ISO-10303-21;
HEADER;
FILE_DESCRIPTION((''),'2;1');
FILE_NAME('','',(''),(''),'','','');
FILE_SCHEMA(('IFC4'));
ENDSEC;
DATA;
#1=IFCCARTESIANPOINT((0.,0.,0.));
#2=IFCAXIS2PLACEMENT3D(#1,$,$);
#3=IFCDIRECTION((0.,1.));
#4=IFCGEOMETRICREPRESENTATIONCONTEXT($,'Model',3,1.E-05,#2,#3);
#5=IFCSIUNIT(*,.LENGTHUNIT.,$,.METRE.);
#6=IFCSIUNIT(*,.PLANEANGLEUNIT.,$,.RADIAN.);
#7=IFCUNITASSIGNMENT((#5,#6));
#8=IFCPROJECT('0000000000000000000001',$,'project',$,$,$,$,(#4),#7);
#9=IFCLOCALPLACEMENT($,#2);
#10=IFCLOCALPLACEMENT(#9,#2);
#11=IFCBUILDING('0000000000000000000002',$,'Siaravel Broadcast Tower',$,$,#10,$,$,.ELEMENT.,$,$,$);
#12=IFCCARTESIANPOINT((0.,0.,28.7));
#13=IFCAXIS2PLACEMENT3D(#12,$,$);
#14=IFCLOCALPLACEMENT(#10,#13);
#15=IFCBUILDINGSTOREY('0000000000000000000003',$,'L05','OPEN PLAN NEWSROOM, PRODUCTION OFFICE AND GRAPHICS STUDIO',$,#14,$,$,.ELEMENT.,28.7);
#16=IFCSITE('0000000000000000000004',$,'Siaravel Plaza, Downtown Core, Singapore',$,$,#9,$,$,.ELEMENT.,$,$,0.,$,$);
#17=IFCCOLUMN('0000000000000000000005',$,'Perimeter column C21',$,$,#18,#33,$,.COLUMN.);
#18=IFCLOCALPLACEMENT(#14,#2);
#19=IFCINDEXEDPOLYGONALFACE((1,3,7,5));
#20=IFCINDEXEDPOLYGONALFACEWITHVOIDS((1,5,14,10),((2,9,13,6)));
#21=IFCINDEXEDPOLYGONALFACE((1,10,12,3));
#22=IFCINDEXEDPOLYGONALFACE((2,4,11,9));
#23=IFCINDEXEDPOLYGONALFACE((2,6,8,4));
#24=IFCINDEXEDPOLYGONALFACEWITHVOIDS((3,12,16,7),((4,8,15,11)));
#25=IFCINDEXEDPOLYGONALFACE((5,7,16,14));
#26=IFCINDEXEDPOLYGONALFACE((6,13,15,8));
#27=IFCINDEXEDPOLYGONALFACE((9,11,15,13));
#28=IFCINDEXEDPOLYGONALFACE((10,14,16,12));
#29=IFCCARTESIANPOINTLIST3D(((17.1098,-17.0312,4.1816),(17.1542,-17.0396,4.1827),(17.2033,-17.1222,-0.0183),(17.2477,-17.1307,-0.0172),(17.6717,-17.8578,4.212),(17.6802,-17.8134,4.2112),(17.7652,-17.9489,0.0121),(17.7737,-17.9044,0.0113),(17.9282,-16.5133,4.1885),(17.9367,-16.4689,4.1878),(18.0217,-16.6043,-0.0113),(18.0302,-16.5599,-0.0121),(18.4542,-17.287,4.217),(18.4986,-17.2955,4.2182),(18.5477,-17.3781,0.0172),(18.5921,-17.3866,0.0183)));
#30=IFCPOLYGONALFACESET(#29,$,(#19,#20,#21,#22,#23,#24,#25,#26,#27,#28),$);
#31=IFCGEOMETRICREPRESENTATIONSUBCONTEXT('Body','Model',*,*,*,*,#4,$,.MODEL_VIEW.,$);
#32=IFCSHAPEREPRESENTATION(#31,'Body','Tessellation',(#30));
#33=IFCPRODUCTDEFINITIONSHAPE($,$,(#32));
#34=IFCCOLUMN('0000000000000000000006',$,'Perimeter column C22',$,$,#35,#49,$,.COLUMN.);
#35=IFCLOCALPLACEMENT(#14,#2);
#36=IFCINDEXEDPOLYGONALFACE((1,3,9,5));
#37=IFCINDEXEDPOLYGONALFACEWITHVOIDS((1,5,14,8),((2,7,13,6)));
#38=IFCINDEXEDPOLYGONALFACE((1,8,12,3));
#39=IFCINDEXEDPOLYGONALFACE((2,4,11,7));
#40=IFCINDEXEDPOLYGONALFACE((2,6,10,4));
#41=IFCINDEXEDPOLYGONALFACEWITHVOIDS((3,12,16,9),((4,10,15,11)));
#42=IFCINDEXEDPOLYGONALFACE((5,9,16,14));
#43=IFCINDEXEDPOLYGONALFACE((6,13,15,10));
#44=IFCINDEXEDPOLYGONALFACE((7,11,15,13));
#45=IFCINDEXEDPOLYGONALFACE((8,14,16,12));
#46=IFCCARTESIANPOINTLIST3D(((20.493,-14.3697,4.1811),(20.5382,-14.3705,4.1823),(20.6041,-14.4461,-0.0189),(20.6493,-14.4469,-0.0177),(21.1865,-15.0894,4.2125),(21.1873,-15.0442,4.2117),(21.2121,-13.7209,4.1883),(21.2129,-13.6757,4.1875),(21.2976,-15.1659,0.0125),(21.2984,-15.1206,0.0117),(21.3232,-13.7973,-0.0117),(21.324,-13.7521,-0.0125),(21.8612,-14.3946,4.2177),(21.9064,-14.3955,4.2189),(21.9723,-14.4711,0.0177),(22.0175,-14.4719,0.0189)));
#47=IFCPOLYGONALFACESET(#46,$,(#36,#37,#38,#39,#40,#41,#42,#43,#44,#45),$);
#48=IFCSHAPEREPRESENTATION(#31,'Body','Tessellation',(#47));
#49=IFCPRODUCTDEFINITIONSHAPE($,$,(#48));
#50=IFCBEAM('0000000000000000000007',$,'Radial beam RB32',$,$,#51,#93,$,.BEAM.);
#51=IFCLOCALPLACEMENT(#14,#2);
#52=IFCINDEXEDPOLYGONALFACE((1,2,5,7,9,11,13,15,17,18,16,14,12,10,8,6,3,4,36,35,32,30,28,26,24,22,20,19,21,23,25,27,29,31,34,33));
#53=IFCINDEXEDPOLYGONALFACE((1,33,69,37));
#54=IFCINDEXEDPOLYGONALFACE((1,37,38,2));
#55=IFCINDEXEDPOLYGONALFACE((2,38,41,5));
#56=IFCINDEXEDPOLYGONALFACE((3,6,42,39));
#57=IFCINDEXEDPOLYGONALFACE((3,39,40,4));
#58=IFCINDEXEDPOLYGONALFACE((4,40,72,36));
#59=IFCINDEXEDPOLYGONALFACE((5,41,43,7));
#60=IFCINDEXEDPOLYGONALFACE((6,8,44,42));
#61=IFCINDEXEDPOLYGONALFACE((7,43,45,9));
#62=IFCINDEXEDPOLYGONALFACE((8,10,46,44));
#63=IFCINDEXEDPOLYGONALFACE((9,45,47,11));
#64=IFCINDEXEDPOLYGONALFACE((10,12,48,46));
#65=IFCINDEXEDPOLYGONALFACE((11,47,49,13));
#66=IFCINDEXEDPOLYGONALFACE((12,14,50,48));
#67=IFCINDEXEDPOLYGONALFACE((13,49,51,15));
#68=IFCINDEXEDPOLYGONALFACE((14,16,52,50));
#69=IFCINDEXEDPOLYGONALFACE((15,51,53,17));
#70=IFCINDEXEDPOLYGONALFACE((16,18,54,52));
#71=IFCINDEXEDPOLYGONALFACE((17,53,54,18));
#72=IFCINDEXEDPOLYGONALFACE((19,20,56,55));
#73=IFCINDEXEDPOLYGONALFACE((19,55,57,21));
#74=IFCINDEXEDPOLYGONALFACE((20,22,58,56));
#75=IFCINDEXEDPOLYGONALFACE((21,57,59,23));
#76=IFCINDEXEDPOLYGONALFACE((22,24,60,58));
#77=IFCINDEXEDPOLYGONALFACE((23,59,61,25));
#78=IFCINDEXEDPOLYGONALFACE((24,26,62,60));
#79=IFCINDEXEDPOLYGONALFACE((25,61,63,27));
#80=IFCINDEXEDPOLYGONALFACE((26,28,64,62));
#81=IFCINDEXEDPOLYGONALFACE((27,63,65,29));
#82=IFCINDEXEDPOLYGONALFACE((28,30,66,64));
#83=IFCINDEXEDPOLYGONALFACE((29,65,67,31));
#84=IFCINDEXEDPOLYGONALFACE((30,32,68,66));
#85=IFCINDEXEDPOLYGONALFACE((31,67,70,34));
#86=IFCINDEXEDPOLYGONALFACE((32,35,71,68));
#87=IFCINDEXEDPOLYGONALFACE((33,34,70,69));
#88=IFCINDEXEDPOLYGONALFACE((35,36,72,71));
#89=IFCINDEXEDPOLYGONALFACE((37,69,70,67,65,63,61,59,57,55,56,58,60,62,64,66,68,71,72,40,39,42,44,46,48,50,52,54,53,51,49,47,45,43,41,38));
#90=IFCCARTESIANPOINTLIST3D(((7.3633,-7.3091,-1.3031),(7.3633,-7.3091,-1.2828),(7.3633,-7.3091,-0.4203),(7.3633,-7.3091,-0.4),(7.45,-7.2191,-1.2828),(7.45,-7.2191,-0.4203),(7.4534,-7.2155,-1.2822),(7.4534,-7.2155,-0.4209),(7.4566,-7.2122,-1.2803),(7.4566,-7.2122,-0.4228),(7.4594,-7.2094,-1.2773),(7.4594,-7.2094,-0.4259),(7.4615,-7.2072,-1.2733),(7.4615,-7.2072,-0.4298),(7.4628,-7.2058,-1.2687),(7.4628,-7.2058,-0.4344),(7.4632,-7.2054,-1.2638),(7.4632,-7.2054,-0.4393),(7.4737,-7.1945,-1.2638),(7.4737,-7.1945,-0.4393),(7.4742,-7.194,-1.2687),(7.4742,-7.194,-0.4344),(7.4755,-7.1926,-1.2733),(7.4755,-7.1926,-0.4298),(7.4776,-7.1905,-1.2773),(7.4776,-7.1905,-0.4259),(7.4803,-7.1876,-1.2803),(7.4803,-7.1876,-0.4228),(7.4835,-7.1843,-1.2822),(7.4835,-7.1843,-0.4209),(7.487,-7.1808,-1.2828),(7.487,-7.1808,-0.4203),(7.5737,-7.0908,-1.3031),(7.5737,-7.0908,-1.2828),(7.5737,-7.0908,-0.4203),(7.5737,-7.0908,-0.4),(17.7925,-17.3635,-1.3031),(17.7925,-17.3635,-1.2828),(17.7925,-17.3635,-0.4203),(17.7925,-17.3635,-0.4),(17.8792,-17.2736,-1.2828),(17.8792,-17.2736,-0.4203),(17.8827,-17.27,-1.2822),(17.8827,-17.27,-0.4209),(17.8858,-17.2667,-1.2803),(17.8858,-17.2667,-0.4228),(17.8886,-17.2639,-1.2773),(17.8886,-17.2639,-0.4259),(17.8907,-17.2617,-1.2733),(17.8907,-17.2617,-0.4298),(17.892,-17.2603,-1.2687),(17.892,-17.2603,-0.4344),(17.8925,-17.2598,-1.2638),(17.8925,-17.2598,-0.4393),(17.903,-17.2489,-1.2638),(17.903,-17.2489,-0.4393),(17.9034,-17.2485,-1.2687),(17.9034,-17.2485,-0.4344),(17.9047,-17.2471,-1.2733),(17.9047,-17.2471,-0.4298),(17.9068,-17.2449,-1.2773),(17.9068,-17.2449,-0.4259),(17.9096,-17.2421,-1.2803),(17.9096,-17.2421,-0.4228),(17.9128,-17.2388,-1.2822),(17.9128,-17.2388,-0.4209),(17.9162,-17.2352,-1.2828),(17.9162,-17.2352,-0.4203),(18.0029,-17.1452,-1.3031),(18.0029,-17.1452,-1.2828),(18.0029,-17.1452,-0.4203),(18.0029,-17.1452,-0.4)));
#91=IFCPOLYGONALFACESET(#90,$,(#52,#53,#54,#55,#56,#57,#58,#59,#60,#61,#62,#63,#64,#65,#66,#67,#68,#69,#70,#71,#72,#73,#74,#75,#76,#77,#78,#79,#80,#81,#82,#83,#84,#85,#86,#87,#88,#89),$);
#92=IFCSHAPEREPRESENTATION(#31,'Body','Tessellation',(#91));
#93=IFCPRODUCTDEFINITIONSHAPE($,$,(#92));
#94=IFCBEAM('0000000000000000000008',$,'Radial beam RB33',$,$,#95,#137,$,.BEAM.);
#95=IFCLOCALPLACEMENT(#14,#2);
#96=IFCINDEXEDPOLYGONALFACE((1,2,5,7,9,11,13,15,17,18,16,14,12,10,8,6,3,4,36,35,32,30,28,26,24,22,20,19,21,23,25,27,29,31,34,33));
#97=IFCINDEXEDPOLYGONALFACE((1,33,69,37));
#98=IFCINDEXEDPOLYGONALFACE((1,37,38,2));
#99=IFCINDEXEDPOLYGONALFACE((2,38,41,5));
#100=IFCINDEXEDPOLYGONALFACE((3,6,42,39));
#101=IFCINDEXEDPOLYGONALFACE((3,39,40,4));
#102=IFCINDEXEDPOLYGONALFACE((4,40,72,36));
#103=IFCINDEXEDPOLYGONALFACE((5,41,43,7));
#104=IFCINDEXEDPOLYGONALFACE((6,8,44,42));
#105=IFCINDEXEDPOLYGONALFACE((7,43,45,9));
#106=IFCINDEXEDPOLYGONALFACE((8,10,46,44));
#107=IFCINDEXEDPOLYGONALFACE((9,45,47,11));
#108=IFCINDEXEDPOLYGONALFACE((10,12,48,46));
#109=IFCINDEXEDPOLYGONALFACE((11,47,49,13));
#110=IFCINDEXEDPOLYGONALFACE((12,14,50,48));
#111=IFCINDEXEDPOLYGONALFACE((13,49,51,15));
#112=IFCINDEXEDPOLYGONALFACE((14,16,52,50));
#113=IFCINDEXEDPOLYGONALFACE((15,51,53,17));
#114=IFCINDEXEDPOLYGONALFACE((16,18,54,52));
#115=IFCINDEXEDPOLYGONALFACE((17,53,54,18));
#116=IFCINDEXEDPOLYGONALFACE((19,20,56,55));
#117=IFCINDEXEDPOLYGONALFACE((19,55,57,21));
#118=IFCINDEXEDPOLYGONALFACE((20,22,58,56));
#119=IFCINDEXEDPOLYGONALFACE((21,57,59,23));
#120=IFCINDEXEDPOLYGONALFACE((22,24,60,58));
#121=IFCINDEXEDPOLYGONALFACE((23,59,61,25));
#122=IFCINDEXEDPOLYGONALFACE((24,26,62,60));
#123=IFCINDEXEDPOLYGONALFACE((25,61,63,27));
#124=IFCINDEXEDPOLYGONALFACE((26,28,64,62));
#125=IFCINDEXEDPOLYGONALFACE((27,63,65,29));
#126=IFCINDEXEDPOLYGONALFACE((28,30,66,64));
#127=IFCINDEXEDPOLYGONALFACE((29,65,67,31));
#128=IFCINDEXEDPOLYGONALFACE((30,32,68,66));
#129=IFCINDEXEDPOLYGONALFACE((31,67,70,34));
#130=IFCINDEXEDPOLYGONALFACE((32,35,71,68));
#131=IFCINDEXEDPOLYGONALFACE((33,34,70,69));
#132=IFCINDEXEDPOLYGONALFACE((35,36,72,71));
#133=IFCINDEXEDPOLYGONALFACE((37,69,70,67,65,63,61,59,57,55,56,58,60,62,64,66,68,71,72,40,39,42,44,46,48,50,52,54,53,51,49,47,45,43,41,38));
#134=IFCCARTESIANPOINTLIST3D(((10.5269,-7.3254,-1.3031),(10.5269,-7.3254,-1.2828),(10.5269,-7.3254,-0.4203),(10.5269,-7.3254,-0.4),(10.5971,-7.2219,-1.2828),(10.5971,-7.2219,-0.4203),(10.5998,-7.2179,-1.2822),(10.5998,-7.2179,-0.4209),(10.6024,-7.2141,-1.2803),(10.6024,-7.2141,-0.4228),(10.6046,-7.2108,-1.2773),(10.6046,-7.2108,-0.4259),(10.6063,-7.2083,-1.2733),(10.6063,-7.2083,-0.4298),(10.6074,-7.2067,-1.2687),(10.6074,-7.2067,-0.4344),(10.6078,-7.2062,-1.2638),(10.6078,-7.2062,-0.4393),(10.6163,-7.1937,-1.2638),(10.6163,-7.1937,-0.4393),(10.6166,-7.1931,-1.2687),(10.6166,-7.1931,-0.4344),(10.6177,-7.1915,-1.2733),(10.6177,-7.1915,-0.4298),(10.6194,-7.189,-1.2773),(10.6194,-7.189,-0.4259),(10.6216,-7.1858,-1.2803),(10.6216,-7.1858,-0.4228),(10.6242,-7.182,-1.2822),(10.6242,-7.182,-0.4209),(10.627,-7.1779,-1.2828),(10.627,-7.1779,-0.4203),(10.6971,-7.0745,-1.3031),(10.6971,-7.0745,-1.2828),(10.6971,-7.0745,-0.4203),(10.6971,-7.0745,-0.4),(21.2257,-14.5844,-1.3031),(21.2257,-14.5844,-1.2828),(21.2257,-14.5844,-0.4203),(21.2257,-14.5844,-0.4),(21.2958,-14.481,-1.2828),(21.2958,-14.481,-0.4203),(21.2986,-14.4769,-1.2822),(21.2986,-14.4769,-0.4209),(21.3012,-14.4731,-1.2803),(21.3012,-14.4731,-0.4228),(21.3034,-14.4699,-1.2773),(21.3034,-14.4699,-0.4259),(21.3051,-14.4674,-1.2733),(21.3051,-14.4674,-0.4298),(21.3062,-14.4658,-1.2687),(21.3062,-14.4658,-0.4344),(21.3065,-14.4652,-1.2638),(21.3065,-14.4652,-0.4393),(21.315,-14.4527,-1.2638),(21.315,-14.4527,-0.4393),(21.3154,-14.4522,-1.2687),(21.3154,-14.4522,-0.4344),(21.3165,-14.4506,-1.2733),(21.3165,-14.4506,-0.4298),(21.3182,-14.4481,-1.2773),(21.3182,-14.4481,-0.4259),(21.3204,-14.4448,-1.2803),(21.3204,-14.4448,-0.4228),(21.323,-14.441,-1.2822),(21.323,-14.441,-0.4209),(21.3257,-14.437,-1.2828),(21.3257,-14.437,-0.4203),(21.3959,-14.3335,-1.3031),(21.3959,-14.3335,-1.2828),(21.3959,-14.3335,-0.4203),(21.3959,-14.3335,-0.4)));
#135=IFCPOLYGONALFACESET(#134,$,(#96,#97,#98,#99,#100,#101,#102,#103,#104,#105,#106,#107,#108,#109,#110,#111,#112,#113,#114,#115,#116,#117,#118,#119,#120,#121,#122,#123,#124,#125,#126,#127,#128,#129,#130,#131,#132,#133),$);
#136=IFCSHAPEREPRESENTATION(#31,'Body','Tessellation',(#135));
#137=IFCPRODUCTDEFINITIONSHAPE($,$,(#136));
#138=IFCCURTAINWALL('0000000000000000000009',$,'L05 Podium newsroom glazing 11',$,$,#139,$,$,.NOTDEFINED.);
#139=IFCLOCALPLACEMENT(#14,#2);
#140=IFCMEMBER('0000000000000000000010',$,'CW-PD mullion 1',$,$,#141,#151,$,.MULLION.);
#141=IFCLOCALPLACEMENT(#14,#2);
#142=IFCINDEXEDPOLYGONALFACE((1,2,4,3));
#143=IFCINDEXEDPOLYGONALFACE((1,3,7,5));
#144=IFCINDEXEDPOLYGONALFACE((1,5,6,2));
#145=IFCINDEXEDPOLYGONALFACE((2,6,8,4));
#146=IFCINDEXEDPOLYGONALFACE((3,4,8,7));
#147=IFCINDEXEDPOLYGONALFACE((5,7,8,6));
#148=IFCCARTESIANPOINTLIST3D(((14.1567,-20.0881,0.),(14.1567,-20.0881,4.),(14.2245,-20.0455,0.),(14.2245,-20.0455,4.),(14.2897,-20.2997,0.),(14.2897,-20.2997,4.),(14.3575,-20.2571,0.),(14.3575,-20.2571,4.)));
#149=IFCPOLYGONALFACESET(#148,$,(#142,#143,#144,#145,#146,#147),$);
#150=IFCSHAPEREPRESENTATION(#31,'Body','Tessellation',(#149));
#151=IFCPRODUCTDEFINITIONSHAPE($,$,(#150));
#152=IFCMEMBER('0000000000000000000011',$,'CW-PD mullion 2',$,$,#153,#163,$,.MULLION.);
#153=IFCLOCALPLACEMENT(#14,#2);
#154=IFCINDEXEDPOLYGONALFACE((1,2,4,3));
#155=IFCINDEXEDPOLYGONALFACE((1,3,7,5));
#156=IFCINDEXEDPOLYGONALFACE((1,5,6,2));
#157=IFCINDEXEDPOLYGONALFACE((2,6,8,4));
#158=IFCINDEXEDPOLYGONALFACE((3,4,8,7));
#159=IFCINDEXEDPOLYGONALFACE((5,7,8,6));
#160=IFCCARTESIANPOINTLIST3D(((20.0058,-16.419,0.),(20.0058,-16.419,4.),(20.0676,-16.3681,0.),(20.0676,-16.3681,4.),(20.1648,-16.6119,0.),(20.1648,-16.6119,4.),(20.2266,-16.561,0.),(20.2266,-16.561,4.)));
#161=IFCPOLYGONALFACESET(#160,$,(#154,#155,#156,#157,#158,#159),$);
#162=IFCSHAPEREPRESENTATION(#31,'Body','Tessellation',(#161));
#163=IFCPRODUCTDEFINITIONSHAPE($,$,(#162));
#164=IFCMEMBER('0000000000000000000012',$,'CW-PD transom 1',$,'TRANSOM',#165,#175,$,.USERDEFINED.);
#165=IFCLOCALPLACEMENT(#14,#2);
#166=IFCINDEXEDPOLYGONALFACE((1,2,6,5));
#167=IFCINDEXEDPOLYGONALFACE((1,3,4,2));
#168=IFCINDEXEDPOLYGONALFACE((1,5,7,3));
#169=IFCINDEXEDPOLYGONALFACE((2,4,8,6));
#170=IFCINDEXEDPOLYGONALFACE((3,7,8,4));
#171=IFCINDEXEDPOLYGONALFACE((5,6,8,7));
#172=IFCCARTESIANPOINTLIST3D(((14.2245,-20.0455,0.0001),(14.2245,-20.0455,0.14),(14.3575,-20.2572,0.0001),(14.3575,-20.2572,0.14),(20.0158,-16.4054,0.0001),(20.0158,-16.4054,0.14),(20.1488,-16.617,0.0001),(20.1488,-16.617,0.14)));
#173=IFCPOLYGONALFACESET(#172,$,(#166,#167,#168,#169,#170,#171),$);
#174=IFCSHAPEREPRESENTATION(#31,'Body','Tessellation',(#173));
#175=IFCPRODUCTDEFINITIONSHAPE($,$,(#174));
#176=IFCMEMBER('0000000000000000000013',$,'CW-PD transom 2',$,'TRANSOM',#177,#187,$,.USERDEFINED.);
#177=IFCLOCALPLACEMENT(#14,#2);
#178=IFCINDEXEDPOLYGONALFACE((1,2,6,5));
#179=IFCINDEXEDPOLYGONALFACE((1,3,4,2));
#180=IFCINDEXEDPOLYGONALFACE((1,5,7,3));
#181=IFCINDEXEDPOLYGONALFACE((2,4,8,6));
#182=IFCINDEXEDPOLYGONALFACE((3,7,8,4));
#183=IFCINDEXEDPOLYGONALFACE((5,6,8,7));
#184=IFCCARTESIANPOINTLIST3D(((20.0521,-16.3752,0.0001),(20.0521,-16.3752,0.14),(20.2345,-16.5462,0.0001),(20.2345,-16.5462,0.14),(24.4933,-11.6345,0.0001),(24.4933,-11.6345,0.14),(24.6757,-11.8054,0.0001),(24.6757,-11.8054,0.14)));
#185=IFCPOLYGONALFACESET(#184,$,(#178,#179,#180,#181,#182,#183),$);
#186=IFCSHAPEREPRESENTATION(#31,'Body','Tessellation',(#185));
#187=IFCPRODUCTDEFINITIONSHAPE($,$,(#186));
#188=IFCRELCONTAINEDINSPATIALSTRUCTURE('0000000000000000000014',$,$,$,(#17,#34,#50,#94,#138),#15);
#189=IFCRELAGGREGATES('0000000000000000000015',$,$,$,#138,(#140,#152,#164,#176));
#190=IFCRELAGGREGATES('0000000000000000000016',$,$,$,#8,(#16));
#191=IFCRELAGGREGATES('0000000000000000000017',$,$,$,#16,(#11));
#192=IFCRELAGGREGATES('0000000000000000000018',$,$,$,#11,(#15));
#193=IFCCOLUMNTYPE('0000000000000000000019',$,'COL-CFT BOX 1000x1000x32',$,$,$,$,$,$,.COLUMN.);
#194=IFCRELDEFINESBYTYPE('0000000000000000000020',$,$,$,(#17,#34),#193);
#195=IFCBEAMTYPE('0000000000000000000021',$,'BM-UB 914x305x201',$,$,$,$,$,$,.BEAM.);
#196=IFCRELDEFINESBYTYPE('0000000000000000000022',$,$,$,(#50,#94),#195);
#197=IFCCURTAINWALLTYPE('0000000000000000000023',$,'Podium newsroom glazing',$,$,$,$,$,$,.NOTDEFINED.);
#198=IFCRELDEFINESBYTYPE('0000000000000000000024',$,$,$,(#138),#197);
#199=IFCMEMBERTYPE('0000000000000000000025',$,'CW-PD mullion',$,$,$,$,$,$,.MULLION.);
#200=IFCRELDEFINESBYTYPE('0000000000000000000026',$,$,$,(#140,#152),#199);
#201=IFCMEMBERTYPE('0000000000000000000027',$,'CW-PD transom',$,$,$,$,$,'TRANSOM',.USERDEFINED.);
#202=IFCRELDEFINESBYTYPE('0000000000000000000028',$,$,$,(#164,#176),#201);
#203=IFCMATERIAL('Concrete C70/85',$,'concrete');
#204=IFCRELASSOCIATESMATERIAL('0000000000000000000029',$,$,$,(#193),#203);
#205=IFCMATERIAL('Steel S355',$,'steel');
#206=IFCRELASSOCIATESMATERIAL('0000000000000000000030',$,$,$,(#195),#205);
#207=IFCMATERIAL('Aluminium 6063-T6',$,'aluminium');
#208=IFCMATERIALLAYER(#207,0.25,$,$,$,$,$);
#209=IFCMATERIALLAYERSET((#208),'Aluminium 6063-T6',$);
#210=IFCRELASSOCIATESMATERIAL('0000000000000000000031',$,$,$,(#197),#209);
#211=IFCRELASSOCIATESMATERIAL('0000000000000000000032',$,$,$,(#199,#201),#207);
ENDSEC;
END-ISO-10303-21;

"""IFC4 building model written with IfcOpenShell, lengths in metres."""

from ifc_helpers import new_model, si_unit, direction, frame, origin, origin_2d, place, context, subcontext, project, spatial, rectangle, hollow_rectangle, i_section, extrude, material, layer, layer_set, material_profile, profile_set, type_object, element, aggregate, save


model = new_model("IFC4")

# Units and contexts
model_context = context("Model", 3, precision=1e-05, world=origin(), true_north=direction((0.0, 1.0)))
body_context = subcontext(model_context, "Body", "Model", "MODEL_VIEW")
ifc_project = project(units=[si_unit("LENGTHUNIT", "METRE"), si_unit("PLANEANGLEUNIT", "RADIAN")], contexts=[model_context])

# Site, building, storey
site_placement = place(None, origin())
site = spatial("IfcSite", under=ifc_project, at=site_placement, Name="Siaravel Plaza, Downtown Core, Singapore", CompositionType="ELEMENT", RefElevation=0.0)
building_placement = place(site_placement, origin())
building = spatial("IfcBuilding", under=site, at=building_placement, Name="Siaravel Broadcast Tower", CompositionType="ELEMENT")
storey_placement = place(building_placement, frame((0.0, 0.0, 28.7)))
storey = spatial("IfcBuildingStorey", under=building, at=storey_placement, Name="L05", Description="OPEN PLAN NEWSROOM, PRODUCTION OFFICE AND GRAPHICS STUDIO", CompositionType="ELEMENT", Elevation=28.7)

# Columns
ifc_material_1 = material(Name="Concrete C70/85", Category="concrete")
ifc_material_profile_1 = material_profile(ifc_material_1, hollow_rectangle(XDim=1.0, YDim=1.0, WallThickness=0.032, at=origin_2d()))
ifc_profile_set_1 = profile_set([ifc_material_profile_1], Name="Concrete C70/85")
column_type = type_object("IfcColumnType", Name="COL-CFT BOX 1000x1000x32", PredefinedType="COLUMN", material=ifc_profile_set_1)
column_1_placement = place(storey_placement, frame((17.8977, -17.2544, 0.0), z_axis=(-0.022253, 0.021672, 0.999517), x_axis=(-0.826905, -0.562307, -0.006218)))
element("IfcColumn", 1, at=column_1_placement, inside=storey, type_object=column_type, Name="Perimeter column C21", PredefinedType="COLUMN", context=body_context, shape_type="SweptSolid", body=[
    extrude(hollow_rectangle(XDim=1.0, YDim=1.0, WallThickness=0.032, at=origin_2d()), origin(), (0.0, 0.0, 1.0), 4.2019),
])
column_2_placement = place(storey_placement, frame((21.3108, -14.459, 0.0), z_axis=(-0.026435, 0.018185, 0.999485), x_axis=(-0.719977, -0.693969, -0.006416)))
element("IfcColumn", 2, at=column_2_placement, inside=storey, type_object=column_type, Name="Perimeter column C22", PredefinedType="COLUMN", context=body_context, shape_type="SweptSolid", body=[
    extrude(hollow_rectangle(XDim=1.0, YDim=1.0, WallThickness=0.032, at=origin_2d()), origin(), (0.0, 0.0, 1.0), 4.2021),
])

# Beams
ifc_material_2 = material(Name="Steel S355", Category="steel")
ifc_material_profile_2 = material_profile(ifc_material_2, i_section(OverallWidth=0.3032, OverallDepth=0.9031, WebThickness=0.0151, FlangeThickness=0.0203, FilletRadius=0.019, at=origin_2d()))
ifc_profile_set_2 = profile_set([ifc_material_profile_2], Name="Steel S355")
beam_type = type_object("IfcBeamType", Name="BM-UB 914x305x201", PredefinedType="BEAM", material=ifc_profile_set_2)
beam_1_placement = place(storey_placement, frame((17.8977, -17.2544, -0.8516), z_axis=(-0.719923, 0.694054, 0.0), x_axis=(-0.694054, -0.719923, 0.0)))
element("IfcBeam", 3, at=beam_1_placement, inside=storey, type_object=beam_type, Name="Radial beam RB32", PredefinedType="BEAM", context=body_context, shape_type="SweptSolid", body=[
    extrude(i_section(OverallWidth=0.3032, OverallDepth=0.9031, WebThickness=0.0151, FlangeThickness=0.0203, FilletRadius=0.019, at=origin_2d()), origin(), (0.0, 0.0, 1.0), 14.4866),
])
beam_2_placement = place(storey_placement, frame((21.3108, -14.459, -0.8516), z_axis=(-0.827505, 0.561458, 0.0), x_axis=(-0.561458, -0.827505, 0.0)))
element("IfcBeam", 4, at=beam_2_placement, inside=storey, type_object=beam_type, Name="Radial beam RB33", PredefinedType="BEAM", context=body_context, shape_type="SweptSolid", body=[
    extrude(i_section(OverallWidth=0.3032, OverallDepth=0.9031, WebThickness=0.0151, FlangeThickness=0.0203, FilletRadius=0.019, at=origin_2d()), origin(), (0.0, 0.0, 1.0), 12.929),
])

# Curtain wall, members
ifc_material_3 = material(Name="Aluminium 6063-T6", Category="aluminium")
ifc_layer_1 = layer(ifc_material_3, 0.25)
ifc_layer_set_1 = layer_set([ifc_layer_1], Name="Aluminium 6063-T6")
curtain_wall_type = type_object("IfcCurtainWallType", Name="Podium newsroom glazing", PredefinedType="NOTDEFINED", material=ifc_layer_set_1)
curtain_wall_placement = place(storey_placement, origin())
curtain_wall = element("IfcCurtainWall", 5, at=curtain_wall_placement, inside=storey, type_object=curtain_wall_type, Name="L05 Podium newsroom glazing 11", PredefinedType="NOTDEFINED")
ifc_material_profile_3 = material_profile(ifc_material_3, rectangle(XDim=0.25, YDim=0.0801, at=origin_2d()))
ifc_profile_set_3 = profile_set([ifc_material_profile_3], Name="Aluminium 6063-T6")
member_type_1 = type_object("IfcMemberType", Name="CW-PD mullion", PredefinedType="MULLION", material=ifc_profile_set_3)
member_1_placement = place(storey_placement, frame((14.2571, -20.1726, 0.0), z_axis=(0.0, 0.0, 1.0), x_axis=(-0.532148, 0.846651, 0.0)))
member_1 = element("IfcMember", 6, at=member_1_placement, type_object=member_type_1, Name="CW-PD mullion 1", PredefinedType="MULLION", context=body_context, shape_type="SweptSolid", body=[
    extrude(rectangle(XDim=0.25, YDim=0.0801, at=origin_2d()), origin(), (0.0, 0.0, 1.0), 4.0),
])
member_2_placement = place(storey_placement, frame((20.1162, -16.49, 0.0), z_axis=(0.0, 0.0, 1.0), x_axis=(-0.636218, 0.77151, 0.0)))
member_2 = element("IfcMember", 7, at=member_2_placement, type_object=member_type_1, Name="CW-PD mullion 2", PredefinedType="MULLION", context=body_context, shape_type="SweptSolid", body=[
    extrude(rectangle(XDim=0.25, YDim=0.0801, at=origin_2d()), origin(), (0.0, 0.0, 1.0), 4.0),
])
ifc_material_profile_4 = material_profile(ifc_material_3, rectangle(XDim=0.25, YDim=0.1399, at=origin_2d()))
ifc_profile_set_4 = profile_set([ifc_material_profile_4], Name="Aluminium 6063-T6")
member_type_2 = type_object("IfcMemberType", Name="CW-PD transom", ElementType="TRANSOM", PredefinedType="USERDEFINED", material=ifc_profile_set_4)
member_3_placement = place(storey_placement, frame((14.291, -20.1514, 0.0701), z_axis=(0.846642, 0.532163, 0.0), x_axis=(-0.532163, 0.846642, 0.0)))
member_3 = element("IfcMember", 8, at=member_3_placement, type_object=member_type_2, Name="CW-PD transom 1", ObjectType="TRANSOM", PredefinedType="USERDEFINED", context=body_context, shape_type="SweptSolid", body=[
    extrude(rectangle(XDim=0.25, YDim=0.1399, at=origin_2d()), origin(), (0.0, 0.0, 1.0), 6.8403),
])
member_4_placement = place(storey_placement, frame((20.1433, -16.4607, 0.0701), z_axis=(0.683674, 0.729788, 0.0), x_axis=(-0.729788, 0.683674, 0.0)))
member_4 = element("IfcMember", 9, at=member_4_placement, type_object=member_type_2, Name="CW-PD transom 2", ObjectType="TRANSOM", PredefinedType="USERDEFINED", context=body_context, shape_type="SweptSolid", body=[
    extrude(rectangle(XDim=0.25, YDim=0.1399, at=origin_2d()), origin(), (0.0, 0.0, 1.0), 6.4961),
])

aggregate(curtain_wall, [member_1, member_2, member_3, member_4])

save(model, "model.ifc")
